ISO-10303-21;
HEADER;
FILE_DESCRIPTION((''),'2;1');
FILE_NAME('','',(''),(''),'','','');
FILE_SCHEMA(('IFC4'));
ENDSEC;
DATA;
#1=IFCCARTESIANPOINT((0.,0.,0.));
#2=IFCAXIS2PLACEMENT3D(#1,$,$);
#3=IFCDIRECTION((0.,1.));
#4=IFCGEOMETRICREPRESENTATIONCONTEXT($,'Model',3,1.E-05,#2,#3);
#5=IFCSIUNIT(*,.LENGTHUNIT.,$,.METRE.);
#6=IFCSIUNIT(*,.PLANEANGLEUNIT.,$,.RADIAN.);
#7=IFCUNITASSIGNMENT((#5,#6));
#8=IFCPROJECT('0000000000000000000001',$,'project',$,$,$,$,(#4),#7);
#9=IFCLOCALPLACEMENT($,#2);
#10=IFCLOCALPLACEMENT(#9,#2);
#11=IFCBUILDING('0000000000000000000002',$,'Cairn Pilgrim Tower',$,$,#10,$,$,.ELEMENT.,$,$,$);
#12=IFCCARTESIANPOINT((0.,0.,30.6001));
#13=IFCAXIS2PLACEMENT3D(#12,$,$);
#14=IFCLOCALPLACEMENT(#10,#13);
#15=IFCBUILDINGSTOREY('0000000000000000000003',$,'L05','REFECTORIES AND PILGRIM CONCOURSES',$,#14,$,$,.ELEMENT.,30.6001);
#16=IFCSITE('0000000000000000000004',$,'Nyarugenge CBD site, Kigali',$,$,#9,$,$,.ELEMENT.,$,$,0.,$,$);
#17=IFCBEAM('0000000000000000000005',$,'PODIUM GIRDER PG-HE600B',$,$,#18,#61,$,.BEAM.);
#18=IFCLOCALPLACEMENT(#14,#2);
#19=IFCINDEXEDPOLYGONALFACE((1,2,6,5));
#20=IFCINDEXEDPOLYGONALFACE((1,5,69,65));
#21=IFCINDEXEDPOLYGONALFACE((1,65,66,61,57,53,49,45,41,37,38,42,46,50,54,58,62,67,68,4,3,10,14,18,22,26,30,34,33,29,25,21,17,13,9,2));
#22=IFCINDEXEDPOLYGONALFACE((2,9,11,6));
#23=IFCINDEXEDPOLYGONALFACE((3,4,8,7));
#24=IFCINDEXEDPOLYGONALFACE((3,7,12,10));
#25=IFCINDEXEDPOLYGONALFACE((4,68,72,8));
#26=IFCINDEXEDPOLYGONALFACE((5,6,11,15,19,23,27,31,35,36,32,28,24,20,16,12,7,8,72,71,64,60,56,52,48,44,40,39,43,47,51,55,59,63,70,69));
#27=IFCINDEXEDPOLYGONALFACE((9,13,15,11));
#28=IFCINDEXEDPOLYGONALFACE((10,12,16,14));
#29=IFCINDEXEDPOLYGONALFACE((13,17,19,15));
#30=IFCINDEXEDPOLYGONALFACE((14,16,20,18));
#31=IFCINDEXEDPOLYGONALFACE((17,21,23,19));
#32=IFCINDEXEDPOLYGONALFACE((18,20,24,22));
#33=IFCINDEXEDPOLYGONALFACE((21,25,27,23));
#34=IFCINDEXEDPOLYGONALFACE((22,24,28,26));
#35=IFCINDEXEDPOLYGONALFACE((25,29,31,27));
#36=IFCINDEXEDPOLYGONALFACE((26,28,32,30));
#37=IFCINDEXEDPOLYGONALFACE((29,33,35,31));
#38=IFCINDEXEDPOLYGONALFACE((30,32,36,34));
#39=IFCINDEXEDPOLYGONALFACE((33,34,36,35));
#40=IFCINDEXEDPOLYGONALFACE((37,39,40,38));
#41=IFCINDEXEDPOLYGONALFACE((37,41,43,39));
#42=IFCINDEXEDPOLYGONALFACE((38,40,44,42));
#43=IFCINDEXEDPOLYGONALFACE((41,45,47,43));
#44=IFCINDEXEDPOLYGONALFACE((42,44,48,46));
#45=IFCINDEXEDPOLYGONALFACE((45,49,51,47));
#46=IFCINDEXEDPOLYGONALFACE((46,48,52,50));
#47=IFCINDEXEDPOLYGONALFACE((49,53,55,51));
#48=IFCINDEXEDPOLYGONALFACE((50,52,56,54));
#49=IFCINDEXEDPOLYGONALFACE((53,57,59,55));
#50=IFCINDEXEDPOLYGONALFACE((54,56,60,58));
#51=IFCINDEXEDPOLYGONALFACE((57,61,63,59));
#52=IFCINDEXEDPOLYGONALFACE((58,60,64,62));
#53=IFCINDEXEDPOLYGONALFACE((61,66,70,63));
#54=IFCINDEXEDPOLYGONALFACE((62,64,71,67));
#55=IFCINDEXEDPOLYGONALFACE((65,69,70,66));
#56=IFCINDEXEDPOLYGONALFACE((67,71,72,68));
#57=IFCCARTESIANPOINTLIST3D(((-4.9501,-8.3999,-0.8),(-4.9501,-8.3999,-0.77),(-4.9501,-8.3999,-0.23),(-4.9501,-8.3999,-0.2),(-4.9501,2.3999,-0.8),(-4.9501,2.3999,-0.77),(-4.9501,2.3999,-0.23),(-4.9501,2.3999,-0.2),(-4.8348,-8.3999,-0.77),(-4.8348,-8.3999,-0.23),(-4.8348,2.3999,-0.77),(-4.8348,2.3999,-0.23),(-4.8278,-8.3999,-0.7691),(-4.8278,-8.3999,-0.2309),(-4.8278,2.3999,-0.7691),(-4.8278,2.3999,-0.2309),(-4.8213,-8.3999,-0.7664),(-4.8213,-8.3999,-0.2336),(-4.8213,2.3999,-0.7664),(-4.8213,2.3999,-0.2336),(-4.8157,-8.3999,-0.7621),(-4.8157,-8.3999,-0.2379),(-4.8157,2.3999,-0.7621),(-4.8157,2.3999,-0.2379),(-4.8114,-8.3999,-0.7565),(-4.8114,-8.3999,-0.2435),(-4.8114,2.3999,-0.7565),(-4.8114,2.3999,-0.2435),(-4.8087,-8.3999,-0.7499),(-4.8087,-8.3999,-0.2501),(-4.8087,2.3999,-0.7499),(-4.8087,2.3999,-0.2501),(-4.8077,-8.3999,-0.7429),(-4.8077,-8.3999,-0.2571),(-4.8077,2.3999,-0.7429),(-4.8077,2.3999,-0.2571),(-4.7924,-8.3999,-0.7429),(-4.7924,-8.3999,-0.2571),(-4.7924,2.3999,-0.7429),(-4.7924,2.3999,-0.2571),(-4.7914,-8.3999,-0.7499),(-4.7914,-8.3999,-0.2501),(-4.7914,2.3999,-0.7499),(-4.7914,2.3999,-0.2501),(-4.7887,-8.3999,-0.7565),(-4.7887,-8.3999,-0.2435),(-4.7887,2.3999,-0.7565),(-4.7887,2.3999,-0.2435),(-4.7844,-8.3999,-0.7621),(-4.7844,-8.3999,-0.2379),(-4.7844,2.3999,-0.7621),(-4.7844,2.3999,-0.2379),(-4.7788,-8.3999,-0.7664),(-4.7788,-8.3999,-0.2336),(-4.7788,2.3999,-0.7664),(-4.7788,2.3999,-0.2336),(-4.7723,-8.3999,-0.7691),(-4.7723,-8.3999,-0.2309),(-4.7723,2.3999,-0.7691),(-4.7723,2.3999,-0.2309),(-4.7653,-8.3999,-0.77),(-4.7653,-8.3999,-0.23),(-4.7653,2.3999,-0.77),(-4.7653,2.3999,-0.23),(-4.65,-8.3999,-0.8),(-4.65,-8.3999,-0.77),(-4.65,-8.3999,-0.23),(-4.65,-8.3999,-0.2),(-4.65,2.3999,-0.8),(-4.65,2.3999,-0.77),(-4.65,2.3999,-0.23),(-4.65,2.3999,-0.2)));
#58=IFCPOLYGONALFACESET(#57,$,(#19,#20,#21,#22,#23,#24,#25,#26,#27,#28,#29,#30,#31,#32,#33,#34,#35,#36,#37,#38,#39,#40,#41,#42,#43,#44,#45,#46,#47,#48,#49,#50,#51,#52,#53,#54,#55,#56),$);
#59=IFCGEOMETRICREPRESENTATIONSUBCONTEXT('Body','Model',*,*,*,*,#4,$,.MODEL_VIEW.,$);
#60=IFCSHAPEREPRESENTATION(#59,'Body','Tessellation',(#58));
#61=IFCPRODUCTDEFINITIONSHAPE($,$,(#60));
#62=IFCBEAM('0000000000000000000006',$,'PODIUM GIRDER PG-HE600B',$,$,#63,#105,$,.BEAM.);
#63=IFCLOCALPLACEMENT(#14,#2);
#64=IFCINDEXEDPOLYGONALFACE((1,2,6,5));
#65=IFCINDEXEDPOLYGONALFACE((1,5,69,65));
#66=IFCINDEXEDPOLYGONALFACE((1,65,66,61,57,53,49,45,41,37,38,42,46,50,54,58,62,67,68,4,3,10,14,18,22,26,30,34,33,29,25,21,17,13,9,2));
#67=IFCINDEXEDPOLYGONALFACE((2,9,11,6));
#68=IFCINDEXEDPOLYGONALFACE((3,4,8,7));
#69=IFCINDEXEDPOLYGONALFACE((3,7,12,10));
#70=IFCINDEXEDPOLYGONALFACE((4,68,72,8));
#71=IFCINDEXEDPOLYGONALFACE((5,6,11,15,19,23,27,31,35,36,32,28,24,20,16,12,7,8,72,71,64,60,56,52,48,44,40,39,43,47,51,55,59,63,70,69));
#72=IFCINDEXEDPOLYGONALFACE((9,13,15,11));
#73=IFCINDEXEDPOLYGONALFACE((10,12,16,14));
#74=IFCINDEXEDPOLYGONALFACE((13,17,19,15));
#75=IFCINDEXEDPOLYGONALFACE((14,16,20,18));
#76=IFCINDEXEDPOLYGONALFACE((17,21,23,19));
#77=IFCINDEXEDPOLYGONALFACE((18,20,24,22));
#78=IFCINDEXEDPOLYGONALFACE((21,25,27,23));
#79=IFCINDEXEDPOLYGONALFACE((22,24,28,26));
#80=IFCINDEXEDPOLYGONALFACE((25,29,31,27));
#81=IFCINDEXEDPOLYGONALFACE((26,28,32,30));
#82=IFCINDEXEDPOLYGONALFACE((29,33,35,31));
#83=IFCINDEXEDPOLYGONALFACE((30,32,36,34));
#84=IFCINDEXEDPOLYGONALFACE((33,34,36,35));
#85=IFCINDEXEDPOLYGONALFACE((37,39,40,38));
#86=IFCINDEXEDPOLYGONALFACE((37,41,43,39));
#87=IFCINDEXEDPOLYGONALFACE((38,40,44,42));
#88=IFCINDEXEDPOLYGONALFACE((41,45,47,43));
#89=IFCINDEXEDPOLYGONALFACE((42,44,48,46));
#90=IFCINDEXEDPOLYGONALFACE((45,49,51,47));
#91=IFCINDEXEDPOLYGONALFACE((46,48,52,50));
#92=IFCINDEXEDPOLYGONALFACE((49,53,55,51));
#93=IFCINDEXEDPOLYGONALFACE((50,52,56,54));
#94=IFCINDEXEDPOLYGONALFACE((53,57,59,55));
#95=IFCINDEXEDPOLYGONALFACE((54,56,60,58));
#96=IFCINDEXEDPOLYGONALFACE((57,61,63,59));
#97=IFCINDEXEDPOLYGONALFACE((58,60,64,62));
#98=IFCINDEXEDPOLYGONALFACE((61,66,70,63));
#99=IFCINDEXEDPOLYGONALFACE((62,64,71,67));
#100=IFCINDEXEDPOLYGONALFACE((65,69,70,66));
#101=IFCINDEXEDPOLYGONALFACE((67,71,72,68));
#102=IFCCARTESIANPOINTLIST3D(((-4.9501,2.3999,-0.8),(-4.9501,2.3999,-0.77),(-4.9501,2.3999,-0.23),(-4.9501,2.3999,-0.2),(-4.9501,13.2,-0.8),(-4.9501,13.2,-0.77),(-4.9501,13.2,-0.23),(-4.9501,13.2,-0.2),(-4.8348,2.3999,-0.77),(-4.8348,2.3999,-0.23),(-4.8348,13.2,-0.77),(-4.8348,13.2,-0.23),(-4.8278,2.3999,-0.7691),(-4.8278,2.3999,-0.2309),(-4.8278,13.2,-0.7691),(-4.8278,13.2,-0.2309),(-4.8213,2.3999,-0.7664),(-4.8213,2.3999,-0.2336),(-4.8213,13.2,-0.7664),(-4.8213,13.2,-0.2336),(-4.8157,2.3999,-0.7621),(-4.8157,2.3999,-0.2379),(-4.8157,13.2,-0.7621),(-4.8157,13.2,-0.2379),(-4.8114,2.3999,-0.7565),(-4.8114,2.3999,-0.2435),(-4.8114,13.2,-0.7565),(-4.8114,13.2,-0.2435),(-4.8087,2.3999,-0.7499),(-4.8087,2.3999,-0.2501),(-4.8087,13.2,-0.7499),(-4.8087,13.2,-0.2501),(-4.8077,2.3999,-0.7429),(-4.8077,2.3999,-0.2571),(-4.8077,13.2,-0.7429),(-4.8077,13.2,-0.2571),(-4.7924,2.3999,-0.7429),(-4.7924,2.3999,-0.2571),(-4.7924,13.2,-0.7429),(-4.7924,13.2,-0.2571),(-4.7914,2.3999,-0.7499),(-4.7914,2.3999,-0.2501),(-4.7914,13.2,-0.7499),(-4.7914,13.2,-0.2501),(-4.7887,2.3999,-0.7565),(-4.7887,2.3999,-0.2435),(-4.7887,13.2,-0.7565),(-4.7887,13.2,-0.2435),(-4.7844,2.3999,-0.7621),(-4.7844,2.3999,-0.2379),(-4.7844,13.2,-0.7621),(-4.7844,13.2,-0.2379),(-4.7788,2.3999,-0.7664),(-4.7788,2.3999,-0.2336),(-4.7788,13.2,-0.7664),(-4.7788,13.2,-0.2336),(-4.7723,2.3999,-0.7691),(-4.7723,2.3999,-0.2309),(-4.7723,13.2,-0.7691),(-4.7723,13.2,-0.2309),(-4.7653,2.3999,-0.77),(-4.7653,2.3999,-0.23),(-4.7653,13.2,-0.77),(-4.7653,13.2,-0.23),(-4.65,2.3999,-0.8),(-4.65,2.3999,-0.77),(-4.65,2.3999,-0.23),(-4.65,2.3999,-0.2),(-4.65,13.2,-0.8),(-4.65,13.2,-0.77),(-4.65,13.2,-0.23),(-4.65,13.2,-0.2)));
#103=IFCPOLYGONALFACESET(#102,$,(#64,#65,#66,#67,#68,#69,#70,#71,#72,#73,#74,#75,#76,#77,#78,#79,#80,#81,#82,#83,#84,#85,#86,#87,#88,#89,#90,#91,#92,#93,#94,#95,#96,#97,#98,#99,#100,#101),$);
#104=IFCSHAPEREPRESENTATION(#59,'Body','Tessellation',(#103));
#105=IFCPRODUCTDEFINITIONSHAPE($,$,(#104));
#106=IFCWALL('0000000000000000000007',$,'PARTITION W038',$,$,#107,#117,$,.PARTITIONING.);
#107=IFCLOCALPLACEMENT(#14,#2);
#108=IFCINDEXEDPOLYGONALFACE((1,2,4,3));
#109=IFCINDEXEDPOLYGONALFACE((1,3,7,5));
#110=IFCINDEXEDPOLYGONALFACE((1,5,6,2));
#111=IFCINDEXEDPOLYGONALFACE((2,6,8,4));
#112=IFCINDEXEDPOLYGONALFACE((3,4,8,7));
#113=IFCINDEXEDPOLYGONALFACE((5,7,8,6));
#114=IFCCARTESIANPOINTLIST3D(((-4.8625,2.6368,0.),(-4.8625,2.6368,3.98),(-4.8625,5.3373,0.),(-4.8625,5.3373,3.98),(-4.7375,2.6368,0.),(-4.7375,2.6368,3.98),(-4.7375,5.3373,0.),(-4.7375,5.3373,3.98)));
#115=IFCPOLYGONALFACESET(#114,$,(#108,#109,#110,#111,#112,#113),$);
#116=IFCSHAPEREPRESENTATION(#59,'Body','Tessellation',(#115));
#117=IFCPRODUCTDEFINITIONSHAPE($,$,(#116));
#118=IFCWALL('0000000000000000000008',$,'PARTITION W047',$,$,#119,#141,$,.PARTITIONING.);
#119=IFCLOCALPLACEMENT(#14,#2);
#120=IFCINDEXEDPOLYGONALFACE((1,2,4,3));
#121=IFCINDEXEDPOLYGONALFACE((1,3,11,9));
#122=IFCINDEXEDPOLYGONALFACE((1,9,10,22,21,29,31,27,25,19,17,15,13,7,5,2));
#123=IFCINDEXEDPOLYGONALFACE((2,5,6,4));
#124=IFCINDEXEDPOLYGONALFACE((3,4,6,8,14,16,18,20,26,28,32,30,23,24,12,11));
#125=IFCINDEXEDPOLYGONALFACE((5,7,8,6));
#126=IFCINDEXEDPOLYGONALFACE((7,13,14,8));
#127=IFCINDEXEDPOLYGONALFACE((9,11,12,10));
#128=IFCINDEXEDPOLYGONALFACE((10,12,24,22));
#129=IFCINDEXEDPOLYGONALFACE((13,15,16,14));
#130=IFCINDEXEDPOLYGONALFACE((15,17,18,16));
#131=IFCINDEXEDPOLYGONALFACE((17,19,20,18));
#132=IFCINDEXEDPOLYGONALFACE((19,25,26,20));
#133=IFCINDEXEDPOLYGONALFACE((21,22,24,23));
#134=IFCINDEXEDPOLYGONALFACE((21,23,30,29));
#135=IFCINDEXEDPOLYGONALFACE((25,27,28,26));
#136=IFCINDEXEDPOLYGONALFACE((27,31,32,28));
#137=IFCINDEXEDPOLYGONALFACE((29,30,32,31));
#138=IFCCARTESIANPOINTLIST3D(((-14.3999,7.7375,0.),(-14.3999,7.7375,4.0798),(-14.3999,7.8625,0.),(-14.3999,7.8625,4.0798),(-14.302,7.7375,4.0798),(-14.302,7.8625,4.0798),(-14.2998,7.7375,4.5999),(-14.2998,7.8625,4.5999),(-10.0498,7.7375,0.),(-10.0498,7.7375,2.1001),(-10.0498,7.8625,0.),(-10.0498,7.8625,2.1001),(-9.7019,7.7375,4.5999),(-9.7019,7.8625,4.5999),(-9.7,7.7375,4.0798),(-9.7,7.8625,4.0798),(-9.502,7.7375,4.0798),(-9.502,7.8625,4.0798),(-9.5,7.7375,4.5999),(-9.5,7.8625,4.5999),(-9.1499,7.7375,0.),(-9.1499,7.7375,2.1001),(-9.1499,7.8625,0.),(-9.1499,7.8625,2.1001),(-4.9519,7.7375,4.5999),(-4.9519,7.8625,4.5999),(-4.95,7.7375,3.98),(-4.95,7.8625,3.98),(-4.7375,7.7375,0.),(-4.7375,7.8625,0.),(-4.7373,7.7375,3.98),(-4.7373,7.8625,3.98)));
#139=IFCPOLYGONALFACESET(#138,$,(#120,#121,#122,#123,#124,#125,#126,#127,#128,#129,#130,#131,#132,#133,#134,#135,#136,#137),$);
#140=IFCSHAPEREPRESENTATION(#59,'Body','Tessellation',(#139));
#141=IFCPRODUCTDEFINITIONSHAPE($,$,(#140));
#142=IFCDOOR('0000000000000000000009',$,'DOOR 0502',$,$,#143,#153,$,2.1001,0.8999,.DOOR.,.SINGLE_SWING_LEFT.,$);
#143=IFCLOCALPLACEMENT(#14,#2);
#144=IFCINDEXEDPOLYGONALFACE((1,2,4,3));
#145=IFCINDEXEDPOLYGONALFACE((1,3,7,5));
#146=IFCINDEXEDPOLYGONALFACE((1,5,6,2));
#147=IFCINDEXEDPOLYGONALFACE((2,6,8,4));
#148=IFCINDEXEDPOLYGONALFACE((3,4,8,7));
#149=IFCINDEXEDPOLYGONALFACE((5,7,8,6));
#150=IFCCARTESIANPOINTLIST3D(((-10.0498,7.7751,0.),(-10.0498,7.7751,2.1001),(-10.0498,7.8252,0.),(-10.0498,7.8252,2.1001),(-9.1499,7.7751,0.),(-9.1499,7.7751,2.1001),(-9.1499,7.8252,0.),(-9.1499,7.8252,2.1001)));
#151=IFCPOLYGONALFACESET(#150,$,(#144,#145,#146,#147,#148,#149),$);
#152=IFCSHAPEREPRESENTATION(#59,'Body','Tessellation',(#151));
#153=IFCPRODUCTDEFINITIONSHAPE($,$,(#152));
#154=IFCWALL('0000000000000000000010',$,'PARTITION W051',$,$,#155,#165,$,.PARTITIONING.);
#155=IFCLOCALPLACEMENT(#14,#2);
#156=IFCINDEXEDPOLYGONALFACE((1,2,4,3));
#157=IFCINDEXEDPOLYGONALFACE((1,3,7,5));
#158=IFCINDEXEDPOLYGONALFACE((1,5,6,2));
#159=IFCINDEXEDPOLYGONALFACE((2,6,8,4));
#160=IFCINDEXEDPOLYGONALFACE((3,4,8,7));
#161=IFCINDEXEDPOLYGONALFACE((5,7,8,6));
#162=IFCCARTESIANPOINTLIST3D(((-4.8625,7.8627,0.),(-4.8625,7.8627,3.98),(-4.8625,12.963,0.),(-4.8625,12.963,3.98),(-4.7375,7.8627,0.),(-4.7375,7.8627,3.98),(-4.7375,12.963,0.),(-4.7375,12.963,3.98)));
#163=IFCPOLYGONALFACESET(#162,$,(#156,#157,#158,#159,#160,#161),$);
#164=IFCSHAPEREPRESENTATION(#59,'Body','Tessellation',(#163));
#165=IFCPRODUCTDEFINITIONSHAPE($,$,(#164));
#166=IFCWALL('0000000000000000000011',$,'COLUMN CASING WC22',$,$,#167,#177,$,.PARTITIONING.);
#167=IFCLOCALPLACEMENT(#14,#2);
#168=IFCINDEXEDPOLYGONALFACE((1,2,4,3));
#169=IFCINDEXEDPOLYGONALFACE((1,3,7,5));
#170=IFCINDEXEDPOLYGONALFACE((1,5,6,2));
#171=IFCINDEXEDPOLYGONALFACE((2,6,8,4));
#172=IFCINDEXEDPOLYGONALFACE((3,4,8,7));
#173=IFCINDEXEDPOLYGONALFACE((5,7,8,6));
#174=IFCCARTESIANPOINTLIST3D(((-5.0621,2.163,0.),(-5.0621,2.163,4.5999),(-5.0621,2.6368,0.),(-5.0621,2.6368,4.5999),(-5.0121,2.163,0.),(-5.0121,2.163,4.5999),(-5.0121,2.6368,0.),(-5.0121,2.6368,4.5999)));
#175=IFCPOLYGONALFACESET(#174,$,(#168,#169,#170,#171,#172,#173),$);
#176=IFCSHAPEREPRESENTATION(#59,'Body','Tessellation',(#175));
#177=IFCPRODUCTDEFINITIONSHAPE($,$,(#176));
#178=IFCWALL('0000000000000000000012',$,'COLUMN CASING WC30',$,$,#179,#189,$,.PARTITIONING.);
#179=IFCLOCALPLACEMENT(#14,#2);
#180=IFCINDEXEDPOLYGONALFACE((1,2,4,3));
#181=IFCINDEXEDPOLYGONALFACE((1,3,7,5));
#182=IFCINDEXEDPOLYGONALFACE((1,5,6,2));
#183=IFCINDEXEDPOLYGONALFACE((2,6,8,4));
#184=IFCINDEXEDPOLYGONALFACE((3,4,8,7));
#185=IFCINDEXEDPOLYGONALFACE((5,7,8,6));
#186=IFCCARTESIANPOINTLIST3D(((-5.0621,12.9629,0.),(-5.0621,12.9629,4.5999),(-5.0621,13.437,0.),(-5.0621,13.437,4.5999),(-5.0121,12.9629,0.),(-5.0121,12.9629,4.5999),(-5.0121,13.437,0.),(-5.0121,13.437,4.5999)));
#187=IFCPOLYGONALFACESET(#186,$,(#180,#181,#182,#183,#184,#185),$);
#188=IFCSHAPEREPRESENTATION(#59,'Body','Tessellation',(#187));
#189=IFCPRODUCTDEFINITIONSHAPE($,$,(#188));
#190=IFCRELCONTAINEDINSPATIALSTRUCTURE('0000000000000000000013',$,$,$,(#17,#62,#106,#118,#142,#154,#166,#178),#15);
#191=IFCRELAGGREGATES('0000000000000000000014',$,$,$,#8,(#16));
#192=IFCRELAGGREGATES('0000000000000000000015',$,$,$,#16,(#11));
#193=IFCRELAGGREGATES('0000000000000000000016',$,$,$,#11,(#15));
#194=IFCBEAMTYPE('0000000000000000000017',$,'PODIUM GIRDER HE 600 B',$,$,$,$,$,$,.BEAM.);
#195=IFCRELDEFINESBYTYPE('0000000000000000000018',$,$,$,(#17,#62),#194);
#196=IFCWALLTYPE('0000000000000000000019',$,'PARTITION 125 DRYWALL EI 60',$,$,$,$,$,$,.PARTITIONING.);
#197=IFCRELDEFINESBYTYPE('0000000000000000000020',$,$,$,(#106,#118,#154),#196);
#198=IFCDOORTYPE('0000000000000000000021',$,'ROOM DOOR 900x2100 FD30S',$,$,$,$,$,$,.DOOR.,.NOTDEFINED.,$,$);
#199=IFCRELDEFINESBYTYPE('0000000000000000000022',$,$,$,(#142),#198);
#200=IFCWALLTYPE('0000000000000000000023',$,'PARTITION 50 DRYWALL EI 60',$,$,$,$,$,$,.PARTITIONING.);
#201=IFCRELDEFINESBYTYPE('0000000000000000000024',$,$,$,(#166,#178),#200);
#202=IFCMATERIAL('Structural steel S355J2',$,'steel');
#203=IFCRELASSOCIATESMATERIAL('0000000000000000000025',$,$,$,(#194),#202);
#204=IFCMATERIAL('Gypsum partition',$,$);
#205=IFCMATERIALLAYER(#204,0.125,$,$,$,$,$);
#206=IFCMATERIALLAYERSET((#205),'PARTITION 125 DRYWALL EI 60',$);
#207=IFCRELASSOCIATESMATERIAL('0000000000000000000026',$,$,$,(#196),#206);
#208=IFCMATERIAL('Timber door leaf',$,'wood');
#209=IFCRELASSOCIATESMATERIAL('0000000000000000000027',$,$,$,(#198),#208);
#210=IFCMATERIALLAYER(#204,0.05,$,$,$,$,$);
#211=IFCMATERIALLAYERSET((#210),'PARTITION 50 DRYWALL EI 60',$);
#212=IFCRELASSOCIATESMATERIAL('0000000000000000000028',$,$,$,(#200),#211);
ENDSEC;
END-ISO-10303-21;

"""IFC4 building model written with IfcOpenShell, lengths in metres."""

from ifc_helpers import new_model, si_unit, direction, frame, frame_2d, origin, origin_2d, place, context, subcontext, project, spatial, polyline, rectangle, i_section, outline, extrude, material, layer, layer_set, material_profile, profile_set, type_object, element, fill, save


model = new_model("IFC4")

# Units and contexts
model_context = context("Model", 3, precision=1e-05, world=origin(), true_north=direction((0.0, 1.0)))
body_context = subcontext(model_context, "Body", "Model", "MODEL_VIEW")
ifc_project = project(units=[si_unit("LENGTHUNIT", "METRE"), si_unit("PLANEANGLEUNIT", "RADIAN")], contexts=[model_context])

# Site, building, storey
site_placement = place(None, origin())
site = spatial("IfcSite", under=ifc_project, at=site_placement, Name="Nyarugenge CBD site, Kigali", CompositionType="ELEMENT", RefElevation=0.0)
building_placement = place(site_placement, origin())
building = spatial("IfcBuilding", under=site, at=building_placement, Name="Cairn Pilgrim Tower", CompositionType="ELEMENT")
storey_placement = place(building_placement, frame((0.0, 0.0, 30.6001)))
storey = spatial("IfcBuildingStorey", under=building, at=storey_placement, Name="L05", Description="REFECTORIES AND PILGRIM CONCOURSES", CompositionType="ELEMENT", Elevation=30.6001)

# Beams
ifc_material_1 = material(Name="Structural steel S355J2", Category="steel")
ifc_material_profile_1 = material_profile(ifc_material_1, i_section(OverallWidth=0.3, OverallDepth=0.6001, WebThickness=0.0154, FlangeThickness=0.03, FilletRadius=0.0271, at=origin_2d()), Name="HEB 600")
ifc_profile_set_1 = profile_set([ifc_material_profile_1], Name="Structural steel S355J2")
beam_type_1 = type_object("IfcBeamType", Name="PODIUM GIRDER HE 600 B", PredefinedType="BEAM", material=ifc_profile_set_1)
beam_1_placement = place(storey_placement, frame((-4.8, 2.3999, -0.5), z_axis=(0.0, -1.0, 0.0), x_axis=(1.0, 0.0, 0.0)))
element("IfcBeam", 1, at=beam_1_placement, inside=storey, type_object=beam_type_1, Name="PODIUM GIRDER PG-HE600B", PredefinedType="BEAM", context=body_context, shape_type="SweptSolid", body=[
    extrude(i_section(OverallWidth=0.3, OverallDepth=0.6001, WebThickness=0.0154, FlangeThickness=0.03, FilletRadius=0.0271, at=origin_2d()), origin(), (0.0, 0.0, 1.0), 10.7998),
])
beam_2_placement = place(storey_placement, frame((-4.8, 13.2, -0.5), z_axis=(0.0, -1.0, 0.0), x_axis=(1.0, 0.0, 0.0)))
element("IfcBeam", 2, at=beam_2_placement, inside=storey, type_object=beam_type_1, Name="PODIUM GIRDER PG-HE600B", PredefinedType="BEAM", context=body_context, shape_type="SweptSolid", body=[
    extrude(i_section(OverallWidth=0.3, OverallDepth=0.6001, WebThickness=0.0154, FlangeThickness=0.03, FilletRadius=0.0271, at=origin_2d()), origin(), (0.0, 0.0, 1.0), 10.8),
])

# Wall
ifc_material_2 = material(Name="Gypsum partition")
ifc_layer_1 = layer(ifc_material_2, 0.125)
ifc_layer_set_1 = layer_set([ifc_layer_1], Name="PARTITION 125 DRYWALL EI 60")
wall_type_1 = type_object("IfcWallType", Name="PARTITION 125 DRYWALL EI 60", PredefinedType="PARTITIONING", material=ifc_layer_set_1)
wall_1_placement = place(storey_placement, frame((-4.8, 2.637, 0.0), z_axis=(0.0, 0.0, 1.0), x_axis=(0.0, 1.0, 0.0)))
element("IfcWall", 3, at=wall_1_placement, inside=storey, type_object=wall_type_1, Name="PARTITION W038", PredefinedType="PARTITIONING", context=body_context, shape_type="SweptSolid", body=[
    extrude(rectangle(XDim=2.7004, YDim=0.125, at=frame_2d((1.3501, 0.0))), origin(), (0.0, 0.0, 1.0), 3.98),
])

# Wall, opening, door
wall_2_placement = place(storey_placement, frame((-14.3999, 7.8, 0.0), z_axis=(0.0, 0.0, 1.0), x_axis=(1.0, 0.0, 0.0)))
wall_2 = element("IfcWall", 4, at=wall_2_placement, inside=storey, type_object=wall_type_1, Name="PARTITION W047", PredefinedType="PARTITIONING", context=body_context, shape_type="SweptSolid", body=[
    extrude(outline(polyline([(0.0, 0.0), (9.6624, 0.0), (9.6626, 3.98), (9.45, 3.98), (9.448, 4.5999), (4.8999, 4.5999), (4.8979, 4.0798), (4.7, 4.0798), (4.698, 4.5999), (0.1001, 4.5999), (0.0979, 4.0798), (0.0, 4.0798), (0.0, 0.0)])), frame((0.0, 0.0625, 0.0), z_axis=(0.0, -1.0, 0.0), x_axis=(1.0, 0.0, 0.0)), (0.0, 0.0, 1.0), 0.125),
])
opening_placement = place(wall_2_placement, frame((4.3501, 0.0, 0.0)))
opening = element("IfcOpeningElement", 5, at=opening_placement, cuts=wall_2, PredefinedType="OPENING", context=body_context, shape_type="SweptSolid", body=[
    extrude(rectangle(XDim=0.8999, YDim=2.1001, at=frame_2d((0.45, 1.05))), frame((0.0, 0.0725, 0.0), z_axis=(0.0, -1.0, 0.0), x_axis=(1.0, 0.0, 0.0)), (0.0, 0.0, 1.0), 0.145),
])
ifc_material_3 = material(Name="Timber door leaf", Category="wood")
door_type = type_object("IfcDoorType", Name="ROOM DOOR 900x2100 FD30S", OperationType="NOTDEFINED", PredefinedType="DOOR", material=ifc_material_3)
door_placement = place(opening_placement, frame((0.8999, 0.0, 0.0), z_axis=(0.0, 0.0, 1.0), x_axis=(-1.0, 0.0, 0.0)))
door = element("IfcDoor", 6, at=door_placement, inside=storey, type_object=door_type, Name="DOOR 0502", OperationType="SINGLE_SWING_LEFT", OverallHeight=2.1001, OverallWidth=0.8999, PredefinedType="DOOR", context=body_context, shape_type="SweptSolid", body=[
    extrude(rectangle(XDim=0.8999, YDim=2.1001, at=frame_2d((0.45, 1.05))), frame((0.0, 0.0249, 0.0), z_axis=(0.0, -1.0, 0.0), x_axis=(1.0, 0.0, 0.0)), (0.0, 0.0, 1.0), 0.05),
])
fill(opening, door)

# Walls
wall_3_placement = place(storey_placement, frame((-4.8, 7.8625, 0.0), z_axis=(0.0, 0.0, 1.0), x_axis=(0.0, 1.0, 0.0)))
element("IfcWall", 7, at=wall_3_placement, inside=storey, type_object=wall_type_1, Name="PARTITION W051", PredefinedType="PARTITIONING", context=body_context, shape_type="SweptSolid", body=[
    extrude(rectangle(XDim=5.1003, YDim=0.125, at=frame_2d((2.5503, 0.0))), origin(), (0.0, 0.0, 1.0), 3.98),
])
ifc_layer_2 = layer(ifc_material_2, 0.05)
ifc_layer_set_2 = layer_set([ifc_layer_2], Name="PARTITION 50 DRYWALL EI 60")
wall_type_2 = type_object("IfcWallType", Name="PARTITION 50 DRYWALL EI 60", PredefinedType="PARTITIONING", material=ifc_layer_set_2)
wall_4_placement = place(storey_placement, frame((-5.0371, 2.1631, 0.0), z_axis=(0.0, 0.0, 1.0), x_axis=(0.0, 1.0, 0.0)))
element("IfcWall", 8, at=wall_4_placement, inside=storey, type_object=wall_type_2, Name="COLUMN CASING WC22", PredefinedType="PARTITIONING", context=body_context, shape_type="SweptSolid", body=[
    extrude(rectangle(XDim=0.4739, YDim=0.05, at=frame_2d((0.2368, 0.0))), origin(), (0.0, 0.0, 1.0), 4.5999),
])
wall_5_placement = place(storey_placement, frame((-5.0371, 12.9629, 0.0), z_axis=(0.0, 0.0, 1.0), x_axis=(0.0, 1.0, 0.0)))
element("IfcWall", 9, at=wall_5_placement, inside=storey, type_object=wall_type_2, Name="COLUMN CASING WC30", PredefinedType="PARTITIONING", context=body_context, shape_type="SweptSolid", body=[
    extrude(rectangle(XDim=0.4741, YDim=0.05, at=frame_2d((0.2371, 0.0))), origin(), (0.0, 0.0, 1.0), 4.5999),
])

save(model, "model.ifc")
